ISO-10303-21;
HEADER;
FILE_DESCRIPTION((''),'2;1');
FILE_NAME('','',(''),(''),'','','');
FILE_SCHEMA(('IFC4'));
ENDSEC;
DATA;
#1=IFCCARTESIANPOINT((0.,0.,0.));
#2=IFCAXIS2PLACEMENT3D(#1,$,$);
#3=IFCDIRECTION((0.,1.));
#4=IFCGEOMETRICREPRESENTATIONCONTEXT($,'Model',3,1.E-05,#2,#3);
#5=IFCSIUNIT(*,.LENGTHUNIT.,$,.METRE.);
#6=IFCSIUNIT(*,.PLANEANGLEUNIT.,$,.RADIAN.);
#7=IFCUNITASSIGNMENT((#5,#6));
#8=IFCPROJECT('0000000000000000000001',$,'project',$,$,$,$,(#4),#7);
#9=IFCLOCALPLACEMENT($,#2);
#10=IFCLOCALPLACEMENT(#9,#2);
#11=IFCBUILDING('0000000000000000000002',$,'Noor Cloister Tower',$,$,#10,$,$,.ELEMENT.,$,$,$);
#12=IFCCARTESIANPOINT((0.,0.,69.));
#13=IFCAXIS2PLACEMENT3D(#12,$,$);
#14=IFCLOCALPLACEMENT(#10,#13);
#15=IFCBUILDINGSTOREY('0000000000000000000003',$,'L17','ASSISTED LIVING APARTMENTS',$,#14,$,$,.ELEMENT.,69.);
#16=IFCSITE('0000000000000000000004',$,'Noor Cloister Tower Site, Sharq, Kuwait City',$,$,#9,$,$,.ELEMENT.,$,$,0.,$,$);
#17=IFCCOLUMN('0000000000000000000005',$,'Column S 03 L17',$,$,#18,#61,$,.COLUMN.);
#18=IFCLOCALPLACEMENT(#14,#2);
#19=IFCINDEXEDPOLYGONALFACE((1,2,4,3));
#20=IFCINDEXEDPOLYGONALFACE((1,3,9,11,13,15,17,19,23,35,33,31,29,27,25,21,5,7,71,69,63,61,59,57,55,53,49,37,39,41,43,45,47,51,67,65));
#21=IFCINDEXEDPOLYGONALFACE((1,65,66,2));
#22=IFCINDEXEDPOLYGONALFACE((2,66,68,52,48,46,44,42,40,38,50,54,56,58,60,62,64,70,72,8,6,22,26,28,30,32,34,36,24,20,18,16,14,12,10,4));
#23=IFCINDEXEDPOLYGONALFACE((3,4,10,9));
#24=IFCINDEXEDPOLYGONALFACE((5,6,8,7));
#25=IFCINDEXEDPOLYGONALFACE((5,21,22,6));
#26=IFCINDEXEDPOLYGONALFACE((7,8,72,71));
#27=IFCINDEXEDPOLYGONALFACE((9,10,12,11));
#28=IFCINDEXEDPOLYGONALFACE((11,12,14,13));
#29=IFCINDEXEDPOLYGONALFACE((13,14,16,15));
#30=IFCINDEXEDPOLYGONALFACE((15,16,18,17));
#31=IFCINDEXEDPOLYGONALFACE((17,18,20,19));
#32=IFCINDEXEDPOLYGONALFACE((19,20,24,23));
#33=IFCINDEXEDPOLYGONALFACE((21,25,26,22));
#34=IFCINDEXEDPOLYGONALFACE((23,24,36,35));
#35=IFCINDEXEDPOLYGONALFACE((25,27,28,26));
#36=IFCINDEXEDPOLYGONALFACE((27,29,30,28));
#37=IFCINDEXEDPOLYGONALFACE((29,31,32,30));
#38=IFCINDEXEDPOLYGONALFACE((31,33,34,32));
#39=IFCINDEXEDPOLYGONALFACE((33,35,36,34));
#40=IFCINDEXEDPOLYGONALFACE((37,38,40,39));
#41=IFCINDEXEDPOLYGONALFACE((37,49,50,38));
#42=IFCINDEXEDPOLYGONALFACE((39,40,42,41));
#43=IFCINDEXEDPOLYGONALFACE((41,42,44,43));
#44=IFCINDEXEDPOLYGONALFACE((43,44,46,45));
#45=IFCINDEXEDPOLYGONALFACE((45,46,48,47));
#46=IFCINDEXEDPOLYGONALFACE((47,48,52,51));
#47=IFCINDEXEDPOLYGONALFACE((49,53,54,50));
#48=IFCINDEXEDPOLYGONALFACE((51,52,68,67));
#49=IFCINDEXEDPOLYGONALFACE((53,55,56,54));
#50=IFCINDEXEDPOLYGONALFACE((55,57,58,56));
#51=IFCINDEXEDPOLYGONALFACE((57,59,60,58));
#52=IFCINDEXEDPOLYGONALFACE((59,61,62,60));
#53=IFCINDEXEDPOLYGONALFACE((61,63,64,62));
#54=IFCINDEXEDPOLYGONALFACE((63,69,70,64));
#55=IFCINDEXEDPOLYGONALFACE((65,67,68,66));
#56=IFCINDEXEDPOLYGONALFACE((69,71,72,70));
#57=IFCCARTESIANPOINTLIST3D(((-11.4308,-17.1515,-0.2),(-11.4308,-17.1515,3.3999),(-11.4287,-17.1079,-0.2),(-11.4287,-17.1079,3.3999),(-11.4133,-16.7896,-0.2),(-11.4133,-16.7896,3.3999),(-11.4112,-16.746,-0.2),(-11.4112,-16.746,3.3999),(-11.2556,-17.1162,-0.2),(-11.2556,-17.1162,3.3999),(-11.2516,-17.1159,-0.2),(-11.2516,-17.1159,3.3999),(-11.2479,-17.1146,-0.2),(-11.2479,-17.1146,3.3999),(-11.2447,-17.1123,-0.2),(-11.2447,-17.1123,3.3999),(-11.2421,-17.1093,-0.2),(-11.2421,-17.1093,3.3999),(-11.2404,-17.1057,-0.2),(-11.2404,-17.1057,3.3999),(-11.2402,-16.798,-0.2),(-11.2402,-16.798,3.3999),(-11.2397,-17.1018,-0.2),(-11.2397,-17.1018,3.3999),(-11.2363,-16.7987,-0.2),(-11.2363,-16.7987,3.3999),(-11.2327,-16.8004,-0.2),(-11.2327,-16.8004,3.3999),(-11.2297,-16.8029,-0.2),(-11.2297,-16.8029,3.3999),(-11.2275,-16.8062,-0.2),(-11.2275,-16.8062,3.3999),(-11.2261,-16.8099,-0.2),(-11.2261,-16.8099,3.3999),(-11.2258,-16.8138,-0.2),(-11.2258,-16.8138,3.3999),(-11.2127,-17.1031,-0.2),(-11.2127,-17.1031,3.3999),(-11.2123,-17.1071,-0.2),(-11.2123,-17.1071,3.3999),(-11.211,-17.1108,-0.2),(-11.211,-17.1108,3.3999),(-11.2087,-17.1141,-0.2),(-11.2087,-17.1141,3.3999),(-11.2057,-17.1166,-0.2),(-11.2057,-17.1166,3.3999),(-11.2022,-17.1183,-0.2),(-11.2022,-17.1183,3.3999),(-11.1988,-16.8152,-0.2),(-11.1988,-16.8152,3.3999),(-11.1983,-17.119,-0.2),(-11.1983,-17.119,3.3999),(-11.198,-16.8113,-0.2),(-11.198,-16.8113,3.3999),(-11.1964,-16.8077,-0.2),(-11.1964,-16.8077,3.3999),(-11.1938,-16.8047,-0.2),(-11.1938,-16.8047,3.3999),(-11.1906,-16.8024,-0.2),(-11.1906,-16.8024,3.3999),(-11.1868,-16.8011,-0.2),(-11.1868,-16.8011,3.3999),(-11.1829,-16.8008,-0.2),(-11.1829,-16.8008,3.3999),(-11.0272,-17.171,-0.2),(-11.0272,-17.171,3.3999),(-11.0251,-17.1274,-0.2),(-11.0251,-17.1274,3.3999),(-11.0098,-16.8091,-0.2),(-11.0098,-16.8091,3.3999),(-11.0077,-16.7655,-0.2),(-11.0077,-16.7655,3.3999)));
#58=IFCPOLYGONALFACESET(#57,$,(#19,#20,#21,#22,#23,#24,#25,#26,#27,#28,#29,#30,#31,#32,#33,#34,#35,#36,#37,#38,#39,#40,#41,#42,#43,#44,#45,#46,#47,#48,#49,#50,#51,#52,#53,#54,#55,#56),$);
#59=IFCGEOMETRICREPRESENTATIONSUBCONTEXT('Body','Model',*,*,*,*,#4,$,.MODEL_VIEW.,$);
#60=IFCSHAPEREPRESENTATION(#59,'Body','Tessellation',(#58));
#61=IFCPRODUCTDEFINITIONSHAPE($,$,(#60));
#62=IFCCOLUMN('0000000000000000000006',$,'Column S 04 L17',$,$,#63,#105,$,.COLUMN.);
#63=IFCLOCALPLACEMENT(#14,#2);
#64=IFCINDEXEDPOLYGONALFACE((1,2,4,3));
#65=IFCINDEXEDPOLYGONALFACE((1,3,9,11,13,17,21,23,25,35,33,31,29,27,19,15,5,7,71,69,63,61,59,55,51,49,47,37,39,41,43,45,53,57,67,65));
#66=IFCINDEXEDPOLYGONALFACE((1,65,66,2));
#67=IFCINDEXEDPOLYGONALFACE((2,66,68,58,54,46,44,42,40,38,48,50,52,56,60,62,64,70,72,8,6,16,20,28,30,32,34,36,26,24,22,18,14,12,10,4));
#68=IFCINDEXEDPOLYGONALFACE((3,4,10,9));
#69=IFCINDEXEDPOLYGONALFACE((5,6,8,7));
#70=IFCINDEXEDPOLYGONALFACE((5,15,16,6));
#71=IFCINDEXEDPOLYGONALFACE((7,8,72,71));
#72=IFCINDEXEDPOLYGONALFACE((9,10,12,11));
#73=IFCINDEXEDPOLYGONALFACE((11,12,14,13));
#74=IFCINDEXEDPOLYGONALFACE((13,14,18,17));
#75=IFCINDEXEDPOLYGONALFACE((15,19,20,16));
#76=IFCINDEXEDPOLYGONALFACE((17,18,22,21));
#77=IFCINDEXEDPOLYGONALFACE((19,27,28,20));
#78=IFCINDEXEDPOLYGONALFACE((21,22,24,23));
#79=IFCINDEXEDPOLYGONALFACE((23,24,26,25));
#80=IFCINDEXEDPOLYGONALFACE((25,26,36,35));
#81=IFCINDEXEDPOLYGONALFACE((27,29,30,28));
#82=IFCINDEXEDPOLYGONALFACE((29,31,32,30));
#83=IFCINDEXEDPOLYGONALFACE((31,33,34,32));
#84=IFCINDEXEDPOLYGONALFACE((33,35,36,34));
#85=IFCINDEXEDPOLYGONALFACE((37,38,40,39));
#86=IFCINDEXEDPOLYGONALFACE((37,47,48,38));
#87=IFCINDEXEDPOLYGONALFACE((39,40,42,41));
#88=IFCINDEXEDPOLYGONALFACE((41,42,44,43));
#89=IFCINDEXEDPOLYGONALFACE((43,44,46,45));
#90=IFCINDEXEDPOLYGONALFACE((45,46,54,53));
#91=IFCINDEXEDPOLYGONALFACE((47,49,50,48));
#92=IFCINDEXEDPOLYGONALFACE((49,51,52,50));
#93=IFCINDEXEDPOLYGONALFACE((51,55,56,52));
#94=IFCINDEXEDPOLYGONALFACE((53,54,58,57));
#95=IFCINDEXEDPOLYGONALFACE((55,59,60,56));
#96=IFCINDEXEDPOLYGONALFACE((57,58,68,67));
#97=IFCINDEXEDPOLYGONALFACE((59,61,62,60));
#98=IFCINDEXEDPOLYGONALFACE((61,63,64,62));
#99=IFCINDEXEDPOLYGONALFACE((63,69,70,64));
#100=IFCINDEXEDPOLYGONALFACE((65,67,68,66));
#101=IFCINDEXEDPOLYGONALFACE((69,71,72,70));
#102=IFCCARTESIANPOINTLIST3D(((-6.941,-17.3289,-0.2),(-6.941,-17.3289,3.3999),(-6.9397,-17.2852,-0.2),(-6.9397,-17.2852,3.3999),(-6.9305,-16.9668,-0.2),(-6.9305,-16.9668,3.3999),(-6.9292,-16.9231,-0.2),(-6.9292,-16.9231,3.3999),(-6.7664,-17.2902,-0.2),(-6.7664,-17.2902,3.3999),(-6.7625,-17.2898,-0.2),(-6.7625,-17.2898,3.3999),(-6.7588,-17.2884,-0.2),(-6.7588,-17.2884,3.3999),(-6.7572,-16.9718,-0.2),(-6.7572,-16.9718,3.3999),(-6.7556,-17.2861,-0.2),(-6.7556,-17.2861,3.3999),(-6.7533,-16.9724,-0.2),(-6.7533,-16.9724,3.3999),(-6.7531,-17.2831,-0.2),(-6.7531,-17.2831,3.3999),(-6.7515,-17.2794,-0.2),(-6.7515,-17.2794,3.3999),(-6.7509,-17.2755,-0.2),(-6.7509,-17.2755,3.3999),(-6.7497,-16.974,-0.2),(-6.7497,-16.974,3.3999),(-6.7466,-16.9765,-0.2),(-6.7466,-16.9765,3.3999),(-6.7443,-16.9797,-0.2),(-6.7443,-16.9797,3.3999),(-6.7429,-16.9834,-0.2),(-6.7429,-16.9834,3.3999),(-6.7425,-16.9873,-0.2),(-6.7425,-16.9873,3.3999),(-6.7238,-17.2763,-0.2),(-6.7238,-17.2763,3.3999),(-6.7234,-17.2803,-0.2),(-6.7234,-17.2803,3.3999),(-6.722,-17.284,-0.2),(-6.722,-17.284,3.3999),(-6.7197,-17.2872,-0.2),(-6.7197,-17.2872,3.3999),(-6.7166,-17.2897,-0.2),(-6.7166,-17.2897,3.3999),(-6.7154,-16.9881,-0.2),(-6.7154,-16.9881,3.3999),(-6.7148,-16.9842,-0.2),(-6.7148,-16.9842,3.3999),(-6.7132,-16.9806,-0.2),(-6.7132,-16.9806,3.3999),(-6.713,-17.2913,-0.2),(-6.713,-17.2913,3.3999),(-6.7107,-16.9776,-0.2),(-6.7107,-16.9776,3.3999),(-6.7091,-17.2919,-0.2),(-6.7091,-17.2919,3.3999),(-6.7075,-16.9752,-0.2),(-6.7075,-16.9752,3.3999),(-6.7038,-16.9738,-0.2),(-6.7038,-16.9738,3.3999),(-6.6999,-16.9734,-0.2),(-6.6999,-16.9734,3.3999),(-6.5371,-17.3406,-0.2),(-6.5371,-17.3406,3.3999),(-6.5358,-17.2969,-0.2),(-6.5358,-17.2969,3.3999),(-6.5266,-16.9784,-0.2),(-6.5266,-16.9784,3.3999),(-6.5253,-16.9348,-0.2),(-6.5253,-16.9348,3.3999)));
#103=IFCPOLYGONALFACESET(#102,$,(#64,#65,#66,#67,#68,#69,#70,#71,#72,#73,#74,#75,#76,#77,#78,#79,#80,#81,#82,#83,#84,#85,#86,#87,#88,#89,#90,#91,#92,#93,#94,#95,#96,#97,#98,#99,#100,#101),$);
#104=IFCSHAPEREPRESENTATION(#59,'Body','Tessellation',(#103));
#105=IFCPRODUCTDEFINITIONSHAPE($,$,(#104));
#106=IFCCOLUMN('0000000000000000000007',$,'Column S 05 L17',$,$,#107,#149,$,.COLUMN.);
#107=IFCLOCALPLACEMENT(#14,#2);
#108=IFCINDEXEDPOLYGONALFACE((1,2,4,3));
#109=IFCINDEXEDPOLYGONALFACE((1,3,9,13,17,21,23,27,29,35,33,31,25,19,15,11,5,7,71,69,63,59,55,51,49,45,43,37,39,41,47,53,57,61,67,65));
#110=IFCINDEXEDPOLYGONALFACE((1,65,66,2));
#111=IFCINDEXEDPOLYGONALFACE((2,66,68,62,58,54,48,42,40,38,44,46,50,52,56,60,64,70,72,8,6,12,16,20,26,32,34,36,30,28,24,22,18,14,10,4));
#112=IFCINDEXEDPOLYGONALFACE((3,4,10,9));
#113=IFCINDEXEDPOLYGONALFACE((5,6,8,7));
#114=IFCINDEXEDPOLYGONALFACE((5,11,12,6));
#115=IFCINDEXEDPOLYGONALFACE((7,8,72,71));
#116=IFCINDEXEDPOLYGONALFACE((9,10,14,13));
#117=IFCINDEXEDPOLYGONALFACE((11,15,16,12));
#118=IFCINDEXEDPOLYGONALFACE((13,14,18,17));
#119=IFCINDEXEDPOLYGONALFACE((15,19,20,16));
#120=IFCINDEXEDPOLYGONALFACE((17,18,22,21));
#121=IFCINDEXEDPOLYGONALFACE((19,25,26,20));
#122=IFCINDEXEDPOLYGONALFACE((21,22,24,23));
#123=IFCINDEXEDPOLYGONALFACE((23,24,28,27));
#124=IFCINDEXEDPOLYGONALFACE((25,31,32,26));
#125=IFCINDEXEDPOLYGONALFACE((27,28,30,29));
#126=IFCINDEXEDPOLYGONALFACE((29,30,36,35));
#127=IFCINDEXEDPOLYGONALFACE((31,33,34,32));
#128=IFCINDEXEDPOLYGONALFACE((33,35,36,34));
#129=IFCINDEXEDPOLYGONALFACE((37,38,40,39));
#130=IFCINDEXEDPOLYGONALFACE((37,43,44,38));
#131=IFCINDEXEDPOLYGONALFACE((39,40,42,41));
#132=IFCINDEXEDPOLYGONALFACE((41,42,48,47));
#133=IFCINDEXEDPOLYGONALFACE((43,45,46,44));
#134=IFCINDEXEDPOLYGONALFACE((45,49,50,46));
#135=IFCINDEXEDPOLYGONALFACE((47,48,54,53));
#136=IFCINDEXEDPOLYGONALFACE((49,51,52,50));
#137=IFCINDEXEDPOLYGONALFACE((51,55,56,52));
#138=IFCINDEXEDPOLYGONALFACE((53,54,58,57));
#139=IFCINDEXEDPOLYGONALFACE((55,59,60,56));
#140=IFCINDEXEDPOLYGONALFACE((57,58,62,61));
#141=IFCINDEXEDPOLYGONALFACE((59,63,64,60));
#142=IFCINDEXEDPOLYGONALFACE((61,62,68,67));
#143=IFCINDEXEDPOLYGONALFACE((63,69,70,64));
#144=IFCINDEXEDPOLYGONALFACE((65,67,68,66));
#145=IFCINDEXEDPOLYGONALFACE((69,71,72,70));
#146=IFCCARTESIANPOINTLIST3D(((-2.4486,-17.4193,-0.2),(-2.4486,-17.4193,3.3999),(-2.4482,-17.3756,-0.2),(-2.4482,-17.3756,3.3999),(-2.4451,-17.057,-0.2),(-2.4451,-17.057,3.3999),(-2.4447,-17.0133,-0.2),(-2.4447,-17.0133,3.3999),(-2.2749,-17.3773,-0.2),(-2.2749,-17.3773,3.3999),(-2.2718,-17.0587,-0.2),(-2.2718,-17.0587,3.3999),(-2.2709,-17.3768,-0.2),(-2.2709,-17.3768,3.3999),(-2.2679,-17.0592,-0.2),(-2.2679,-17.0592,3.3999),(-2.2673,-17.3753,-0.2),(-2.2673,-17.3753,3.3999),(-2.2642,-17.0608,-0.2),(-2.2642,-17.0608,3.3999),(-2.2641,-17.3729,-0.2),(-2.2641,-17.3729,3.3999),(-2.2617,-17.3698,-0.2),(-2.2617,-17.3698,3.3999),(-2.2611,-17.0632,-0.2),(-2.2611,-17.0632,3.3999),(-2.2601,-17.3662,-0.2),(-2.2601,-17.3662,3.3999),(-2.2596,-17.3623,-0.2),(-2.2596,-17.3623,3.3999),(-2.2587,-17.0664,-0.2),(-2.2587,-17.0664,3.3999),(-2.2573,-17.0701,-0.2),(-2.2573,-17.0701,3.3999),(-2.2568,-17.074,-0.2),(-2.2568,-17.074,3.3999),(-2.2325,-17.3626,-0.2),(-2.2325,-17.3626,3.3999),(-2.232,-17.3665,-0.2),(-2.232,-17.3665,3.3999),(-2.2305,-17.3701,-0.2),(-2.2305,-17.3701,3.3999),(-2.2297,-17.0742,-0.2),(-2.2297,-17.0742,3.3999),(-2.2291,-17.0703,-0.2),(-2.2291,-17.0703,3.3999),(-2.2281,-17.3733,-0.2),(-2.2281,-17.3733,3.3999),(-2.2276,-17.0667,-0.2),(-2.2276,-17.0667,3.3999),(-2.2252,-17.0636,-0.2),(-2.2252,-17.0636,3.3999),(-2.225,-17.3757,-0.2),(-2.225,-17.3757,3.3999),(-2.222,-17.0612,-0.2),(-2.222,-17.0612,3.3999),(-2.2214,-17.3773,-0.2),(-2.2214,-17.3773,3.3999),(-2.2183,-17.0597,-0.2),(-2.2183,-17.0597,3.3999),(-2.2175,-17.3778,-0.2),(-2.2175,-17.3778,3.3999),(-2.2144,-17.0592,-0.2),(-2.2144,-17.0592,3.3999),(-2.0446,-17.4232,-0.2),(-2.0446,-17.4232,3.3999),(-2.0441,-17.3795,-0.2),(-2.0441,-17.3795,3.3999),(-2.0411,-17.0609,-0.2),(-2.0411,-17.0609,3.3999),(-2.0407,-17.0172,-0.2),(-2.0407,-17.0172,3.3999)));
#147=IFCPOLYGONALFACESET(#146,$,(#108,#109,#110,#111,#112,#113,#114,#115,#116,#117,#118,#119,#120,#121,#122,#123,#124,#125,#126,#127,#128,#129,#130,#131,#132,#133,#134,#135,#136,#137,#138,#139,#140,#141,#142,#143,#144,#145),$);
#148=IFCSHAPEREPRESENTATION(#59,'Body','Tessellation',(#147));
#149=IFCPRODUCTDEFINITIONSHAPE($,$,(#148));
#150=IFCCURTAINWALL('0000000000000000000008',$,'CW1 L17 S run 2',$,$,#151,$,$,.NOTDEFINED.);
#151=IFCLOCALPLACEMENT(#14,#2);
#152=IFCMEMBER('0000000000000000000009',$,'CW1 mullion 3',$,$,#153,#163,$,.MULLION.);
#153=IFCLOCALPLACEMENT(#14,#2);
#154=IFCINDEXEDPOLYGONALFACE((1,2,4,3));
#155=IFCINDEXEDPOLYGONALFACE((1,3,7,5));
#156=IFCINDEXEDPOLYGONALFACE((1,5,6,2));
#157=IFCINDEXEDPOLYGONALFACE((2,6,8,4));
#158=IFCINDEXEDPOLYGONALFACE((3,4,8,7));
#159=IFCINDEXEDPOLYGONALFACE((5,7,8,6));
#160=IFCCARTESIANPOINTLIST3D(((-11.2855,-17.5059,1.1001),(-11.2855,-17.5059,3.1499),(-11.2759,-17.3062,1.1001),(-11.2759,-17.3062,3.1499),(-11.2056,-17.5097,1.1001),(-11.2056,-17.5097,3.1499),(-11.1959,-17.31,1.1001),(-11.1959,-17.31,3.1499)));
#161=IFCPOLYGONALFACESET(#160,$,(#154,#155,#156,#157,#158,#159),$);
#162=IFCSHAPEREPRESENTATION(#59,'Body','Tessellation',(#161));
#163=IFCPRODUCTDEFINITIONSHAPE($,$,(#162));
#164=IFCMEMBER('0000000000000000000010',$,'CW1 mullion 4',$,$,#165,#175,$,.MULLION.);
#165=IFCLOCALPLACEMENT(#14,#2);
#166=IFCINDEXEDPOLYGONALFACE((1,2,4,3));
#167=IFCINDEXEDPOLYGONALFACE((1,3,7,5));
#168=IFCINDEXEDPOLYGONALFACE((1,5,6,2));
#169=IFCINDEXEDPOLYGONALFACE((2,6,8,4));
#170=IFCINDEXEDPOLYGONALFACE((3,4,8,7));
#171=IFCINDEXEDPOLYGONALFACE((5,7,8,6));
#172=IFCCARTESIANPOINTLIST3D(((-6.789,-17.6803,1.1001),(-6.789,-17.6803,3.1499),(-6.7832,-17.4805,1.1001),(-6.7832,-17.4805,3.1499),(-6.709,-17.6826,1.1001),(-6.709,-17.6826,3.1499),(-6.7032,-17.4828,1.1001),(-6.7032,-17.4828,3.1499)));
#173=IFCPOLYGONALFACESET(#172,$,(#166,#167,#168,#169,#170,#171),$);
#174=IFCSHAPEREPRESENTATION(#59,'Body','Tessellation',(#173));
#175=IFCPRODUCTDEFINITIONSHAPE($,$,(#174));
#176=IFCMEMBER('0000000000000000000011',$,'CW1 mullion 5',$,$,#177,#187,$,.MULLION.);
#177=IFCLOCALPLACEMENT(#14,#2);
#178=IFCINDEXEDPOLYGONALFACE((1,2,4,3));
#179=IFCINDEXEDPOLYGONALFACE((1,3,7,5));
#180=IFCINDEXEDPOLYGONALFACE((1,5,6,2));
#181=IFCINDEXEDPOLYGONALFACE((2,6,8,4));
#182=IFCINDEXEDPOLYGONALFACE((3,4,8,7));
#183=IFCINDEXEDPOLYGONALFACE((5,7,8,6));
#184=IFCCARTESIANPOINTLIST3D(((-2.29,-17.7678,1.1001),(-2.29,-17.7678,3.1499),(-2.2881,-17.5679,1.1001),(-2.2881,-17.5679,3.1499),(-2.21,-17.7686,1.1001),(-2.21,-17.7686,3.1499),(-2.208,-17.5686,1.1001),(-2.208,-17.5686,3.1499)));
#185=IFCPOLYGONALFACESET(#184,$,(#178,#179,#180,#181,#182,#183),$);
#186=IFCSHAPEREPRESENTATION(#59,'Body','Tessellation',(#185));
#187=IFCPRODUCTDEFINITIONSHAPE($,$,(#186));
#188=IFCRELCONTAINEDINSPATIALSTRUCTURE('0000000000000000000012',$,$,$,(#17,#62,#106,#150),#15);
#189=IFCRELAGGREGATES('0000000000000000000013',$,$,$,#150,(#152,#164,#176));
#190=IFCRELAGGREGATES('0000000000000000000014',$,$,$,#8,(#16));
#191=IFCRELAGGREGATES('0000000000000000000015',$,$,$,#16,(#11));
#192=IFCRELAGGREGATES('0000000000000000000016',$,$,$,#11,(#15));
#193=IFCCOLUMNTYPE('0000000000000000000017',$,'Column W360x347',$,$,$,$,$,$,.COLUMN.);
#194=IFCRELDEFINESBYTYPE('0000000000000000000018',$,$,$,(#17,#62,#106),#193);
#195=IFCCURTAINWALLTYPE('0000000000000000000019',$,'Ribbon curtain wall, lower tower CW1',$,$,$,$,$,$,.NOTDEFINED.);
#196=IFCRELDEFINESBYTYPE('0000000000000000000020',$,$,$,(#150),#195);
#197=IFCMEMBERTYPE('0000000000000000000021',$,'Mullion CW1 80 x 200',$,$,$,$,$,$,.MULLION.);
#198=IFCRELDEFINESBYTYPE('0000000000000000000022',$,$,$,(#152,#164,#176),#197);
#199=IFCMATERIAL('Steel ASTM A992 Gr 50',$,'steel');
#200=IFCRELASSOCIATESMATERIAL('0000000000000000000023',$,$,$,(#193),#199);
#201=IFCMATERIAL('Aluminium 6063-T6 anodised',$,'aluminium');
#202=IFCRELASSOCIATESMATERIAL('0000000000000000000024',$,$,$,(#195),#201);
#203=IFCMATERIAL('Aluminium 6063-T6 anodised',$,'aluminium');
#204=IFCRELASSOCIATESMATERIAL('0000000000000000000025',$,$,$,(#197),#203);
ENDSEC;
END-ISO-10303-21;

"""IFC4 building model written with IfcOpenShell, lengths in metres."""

from ifc_helpers import new_model, si_unit, direction, frame, origin, origin_2d, place, context, subcontext, project, spatial, rectangle, i_section, extrude, material, material_profile, profile_set, type_object, element, aggregate, save


model = new_model("IFC4")

# Units and contexts
model_context = context("Model", 3, precision=1e-05, world=origin(), true_north=direction((0.0, 1.0)))
body_context = subcontext(model_context, "Body", "Model", "MODEL_VIEW")
ifc_project = project(units=[si_unit("LENGTHUNIT", "METRE"), si_unit("PLANEANGLEUNIT", "RADIAN")], contexts=[model_context])

# Site, building, storey
site_placement = place(None, origin())
site = spatial("IfcSite", under=ifc_project, at=site_placement, Name="Noor Cloister Tower Site, Sharq, Kuwait City", CompositionType="ELEMENT", RefElevation=0.0)
building_placement = place(site_placement, origin())
building = spatial("IfcBuilding", under=site, at=building_placement, Name="Noor Cloister Tower", CompositionType="ELEMENT")
storey_placement = place(building_placement, frame((0.0, 0.0, 69.0)))
storey = spatial("IfcBuildingStorey", under=building, at=storey_placement, Name="L17", Description="ASSISTED LIVING APARTMENTS", CompositionType="ELEMENT", Elevation=69.0)

# Columns
ifc_material_1 = material(Name="Steel ASTM A992 Gr 50", Category="steel")
ifc_material_profile_1 = material_profile(ifc_material_1, i_section(OverallWidth=0.4041, OverallDepth=0.406, WebThickness=0.0271, FlangeThickness=0.0437, FilletRadius=0.0151, at=origin_2d()), Name="W360x347")
ifc_profile_set_1 = profile_set([ifc_material_profile_1], Name="Steel ASTM A992 Gr 50")
column_type = type_object("IfcColumnType", Name="Column W360x347", PredefinedType="COLUMN", material=ifc_profile_set_1)
for number, where, z_axis, x_axis, name in (
    (1, (-11.2192, -16.9585, -0.2), (0.0, 0.0, 1.0), (0.998837, -0.048212, 0.0), "Column S 03 L17"),
    (2, (-6.7332, -17.1318, -0.2), (0.0, 0.0, 1.0), (0.999581, -0.028934, 0.0), "Column S 04 L17"),
    (3, (-2.2446, -17.2183, -0.2), (0.0, 0.0, 1.0), (0.999953, -0.009646, 0.0), "Column S 05 L17"),
):
    element("IfcColumn", number, at=place(storey_placement, frame(where, z_axis=z_axis, x_axis=x_axis)), inside=storey, type_object=column_type, Name=name, PredefinedType="COLUMN", context=body_context, shape_type="SweptSolid", body=[
        extrude(i_section(OverallWidth=0.4041, OverallDepth=0.406, WebThickness=0.0271, FlangeThickness=0.0437, FilletRadius=0.0151, at=origin_2d()), origin(), (0.0, 0.0, 1.0), 3.5999),
    ])

# Curtain wall, members
ifc_material_2 = material(Name="Aluminium 6063-T6 anodised", Category="aluminium")
curtain_wall_type = type_object("IfcCurtainWallType", Name="Ribbon curtain wall, lower tower CW1", PredefinedType="NOTDEFINED", material=ifc_material_2)
curtain_wall_placement = place(storey_placement, origin())
curtain_wall = element("IfcCurtainWall", 4, at=curtain_wall_placement, inside=storey, type_object=curtain_wall_type, Name="CW1 L17 S run 2", PredefinedType="NOTDEFINED")
ifc_material_3 = material(Name="Aluminium 6063-T6 anodised", Category="aluminium")
ifc_material_profile_2 = material_profile(ifc_material_3, rectangle(XDim=0.2, YDim=0.0801, at=origin_2d()), Name="200 x 80 mullion")
ifc_profile_set_2 = profile_set([ifc_material_profile_2], Name="Aluminium 6063-T6 anodised")
member_type = type_object("IfcMemberType", Name="Mullion CW1 80 x 200", PredefinedType="MULLION", material=ifc_profile_set_2)
member_1_placement = place(storey_placement, frame((-11.2407, -17.408, 1.1001), z_axis=(0.0, 0.0, 1.0), x_axis=(0.048212, 0.998837, 0.0)))
member_1 = element("IfcMember", 5, at=member_1_placement, type_object=member_type, Name="CW1 mullion 3", PredefinedType="MULLION", context=body_context, shape_type="SweptSolid", body=[
    extrude(rectangle(XDim=0.2, YDim=0.0801, at=origin_2d()), origin(), (0.0, 0.0, 1.0), 2.0498),
])
member_2_placement = place(storey_placement, frame((-6.7461, -17.5815, 1.1001), z_axis=(0.0, 0.0, 1.0), x_axis=(0.028934, 0.999581, 0.0)))
member_2 = element("IfcMember", 6, at=member_2_placement, type_object=member_type, Name="CW1 mullion 4", PredefinedType="MULLION", context=body_context, shape_type="SweptSolid", body=[
    extrude(rectangle(XDim=0.2, YDim=0.0801, at=origin_2d()), origin(), (0.0, 0.0, 1.0), 2.0498),
])
member_3_placement = place(storey_placement, frame((-2.249, -17.6682, 1.1001), z_axis=(0.0, 0.0, 1.0), x_axis=(0.009646, 0.999953, 0.0)))
member_3 = element("IfcMember", 7, at=member_3_placement, type_object=member_type, Name="CW1 mullion 5", PredefinedType="MULLION", context=body_context, shape_type="SweptSolid", body=[
    extrude(rectangle(XDim=0.2, YDim=0.0801, at=origin_2d()), origin(), (0.0, 0.0, 1.0), 2.0498),
])

aggregate(curtain_wall, [member_1, member_2, member_3])

save(model, "model.ifc")
